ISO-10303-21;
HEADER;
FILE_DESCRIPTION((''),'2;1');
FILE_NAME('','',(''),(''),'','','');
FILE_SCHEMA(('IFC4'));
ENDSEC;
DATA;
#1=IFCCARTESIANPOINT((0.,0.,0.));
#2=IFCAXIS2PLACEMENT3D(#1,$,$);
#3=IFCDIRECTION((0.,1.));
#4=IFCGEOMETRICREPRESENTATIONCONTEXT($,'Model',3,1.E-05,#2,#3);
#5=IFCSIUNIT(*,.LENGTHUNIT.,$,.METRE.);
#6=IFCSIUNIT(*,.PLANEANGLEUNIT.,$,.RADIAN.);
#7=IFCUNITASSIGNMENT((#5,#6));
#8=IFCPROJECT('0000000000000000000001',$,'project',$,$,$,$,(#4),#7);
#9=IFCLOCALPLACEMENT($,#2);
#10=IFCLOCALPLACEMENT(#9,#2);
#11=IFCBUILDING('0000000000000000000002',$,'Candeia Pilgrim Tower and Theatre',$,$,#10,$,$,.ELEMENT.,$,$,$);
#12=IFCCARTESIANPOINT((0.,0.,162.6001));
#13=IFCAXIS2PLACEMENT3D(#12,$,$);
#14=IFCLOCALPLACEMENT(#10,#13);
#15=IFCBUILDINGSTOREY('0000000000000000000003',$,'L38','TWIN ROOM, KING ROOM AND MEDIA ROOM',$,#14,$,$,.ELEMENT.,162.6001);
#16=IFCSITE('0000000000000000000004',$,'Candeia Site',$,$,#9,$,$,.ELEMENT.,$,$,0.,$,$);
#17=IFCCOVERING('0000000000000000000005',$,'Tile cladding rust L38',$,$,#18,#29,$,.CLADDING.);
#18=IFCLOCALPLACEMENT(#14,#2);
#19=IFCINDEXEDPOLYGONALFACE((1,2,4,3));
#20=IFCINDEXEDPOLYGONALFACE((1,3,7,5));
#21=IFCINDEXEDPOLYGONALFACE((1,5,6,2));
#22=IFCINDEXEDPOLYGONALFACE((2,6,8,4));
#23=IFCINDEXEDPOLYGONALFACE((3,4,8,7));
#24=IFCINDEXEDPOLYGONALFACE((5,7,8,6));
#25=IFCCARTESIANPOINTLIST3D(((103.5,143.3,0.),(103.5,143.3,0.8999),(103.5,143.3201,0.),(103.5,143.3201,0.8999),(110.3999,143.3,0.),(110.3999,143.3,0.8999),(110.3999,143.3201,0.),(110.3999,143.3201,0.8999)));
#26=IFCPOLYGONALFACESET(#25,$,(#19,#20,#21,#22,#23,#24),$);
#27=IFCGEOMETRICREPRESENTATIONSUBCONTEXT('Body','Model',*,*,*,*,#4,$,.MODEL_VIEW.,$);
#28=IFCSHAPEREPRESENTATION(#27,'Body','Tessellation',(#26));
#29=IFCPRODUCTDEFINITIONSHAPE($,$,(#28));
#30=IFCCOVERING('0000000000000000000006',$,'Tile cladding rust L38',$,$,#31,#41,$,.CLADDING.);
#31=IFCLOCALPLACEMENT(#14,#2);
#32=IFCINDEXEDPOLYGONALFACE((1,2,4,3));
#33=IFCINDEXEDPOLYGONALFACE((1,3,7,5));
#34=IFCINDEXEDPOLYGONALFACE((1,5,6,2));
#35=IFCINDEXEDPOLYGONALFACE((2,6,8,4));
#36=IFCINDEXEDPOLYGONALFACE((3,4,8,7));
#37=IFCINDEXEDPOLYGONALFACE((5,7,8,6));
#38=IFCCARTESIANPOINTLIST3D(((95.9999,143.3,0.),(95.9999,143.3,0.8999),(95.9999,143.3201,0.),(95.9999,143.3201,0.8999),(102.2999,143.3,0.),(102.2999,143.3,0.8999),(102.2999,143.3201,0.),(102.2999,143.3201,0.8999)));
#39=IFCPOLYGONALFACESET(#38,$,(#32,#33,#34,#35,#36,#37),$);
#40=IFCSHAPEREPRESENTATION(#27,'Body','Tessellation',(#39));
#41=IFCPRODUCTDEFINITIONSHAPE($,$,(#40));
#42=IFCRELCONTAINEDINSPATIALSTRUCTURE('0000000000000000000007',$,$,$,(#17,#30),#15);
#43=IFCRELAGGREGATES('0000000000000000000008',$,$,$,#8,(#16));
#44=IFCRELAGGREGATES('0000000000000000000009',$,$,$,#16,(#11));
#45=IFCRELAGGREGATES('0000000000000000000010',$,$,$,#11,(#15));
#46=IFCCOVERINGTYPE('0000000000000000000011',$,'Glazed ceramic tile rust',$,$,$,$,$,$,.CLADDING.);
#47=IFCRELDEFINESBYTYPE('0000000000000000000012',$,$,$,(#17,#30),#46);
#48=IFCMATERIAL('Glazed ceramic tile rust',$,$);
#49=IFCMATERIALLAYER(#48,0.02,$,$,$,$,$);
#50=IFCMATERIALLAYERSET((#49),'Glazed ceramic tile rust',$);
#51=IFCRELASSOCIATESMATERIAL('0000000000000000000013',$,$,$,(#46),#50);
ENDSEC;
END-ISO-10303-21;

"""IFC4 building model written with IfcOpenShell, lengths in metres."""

from ifc_helpers import new_model, si_unit, direction, frame, origin, origin_2d, place, context, subcontext, project, spatial, rectangle, extrude, material, layer, layer_set, type_object, element, save


model = new_model("IFC4")

# Units and contexts
model_context = context("Model", 3, precision=1e-05, world=origin(), true_north=direction((0.0, 1.0)))
body_context = subcontext(model_context, "Body", "Model", "MODEL_VIEW")
ifc_project = project(units=[si_unit("LENGTHUNIT", "METRE"), si_unit("PLANEANGLEUNIT", "RADIAN")], contexts=[model_context])

# Site, building, storey
site_placement = place(None, origin())
site = spatial("IfcSite", under=ifc_project, at=site_placement, Name="Candeia Site", CompositionType="ELEMENT", RefElevation=0.0)
building_placement = place(site_placement, origin())
building = spatial("IfcBuilding", under=site, at=building_placement, Name="Candeia Pilgrim Tower and Theatre", CompositionType="ELEMENT")
storey_placement = place(building_placement, frame((0.0, 0.0, 162.6001)))
storey = spatial("IfcBuildingStorey", under=building, at=storey_placement, Name="L38", Description="TWIN ROOM, KING ROOM AND MEDIA ROOM", CompositionType="ELEMENT", Elevation=162.6001)

# Coverings
ifc_material_1 = material(Name="Glazed ceramic tile rust")
ifc_layer_1 = layer(ifc_material_1, 0.02)
ifc_layer_set_1 = layer_set([ifc_layer_1], Name="Glazed ceramic tile rust")
covering_type = type_object("IfcCoveringType", Name="Glazed ceramic tile rust", PredefinedType="CLADDING", material=ifc_layer_set_1)
covering_1_placement = place(storey_placement, frame((106.95, 143.3101, 0.0), z_axis=(0.0, 0.0, 1.0), x_axis=(-1.0, 0.0, 0.0)))
element("IfcCovering", 1, at=covering_1_placement, inside=storey, type_object=covering_type, Name="Tile cladding rust L38", PredefinedType="CLADDING", context=body_context, shape_type="SweptSolid", body=[
    extrude(rectangle(XDim=6.8999, YDim=0.02, at=origin_2d()), origin(), (0.0, 0.0, 1.0), 0.8999),
])
covering_2_placement = place(storey_placement, frame((99.1499, 143.3101, 0.0), z_axis=(0.0, 0.0, 1.0), x_axis=(-1.0, 0.0, 0.0)))
element("IfcCovering", 2, at=covering_2_placement, inside=storey, type_object=covering_type, Name="Tile cladding rust L38", PredefinedType="CLADDING", context=body_context, shape_type="SweptSolid", body=[
    extrude(rectangle(XDim=6.3, YDim=0.02, at=origin_2d()), origin(), (0.0, 0.0, 1.0), 0.8999),
])

save(model, "model.ifc")
